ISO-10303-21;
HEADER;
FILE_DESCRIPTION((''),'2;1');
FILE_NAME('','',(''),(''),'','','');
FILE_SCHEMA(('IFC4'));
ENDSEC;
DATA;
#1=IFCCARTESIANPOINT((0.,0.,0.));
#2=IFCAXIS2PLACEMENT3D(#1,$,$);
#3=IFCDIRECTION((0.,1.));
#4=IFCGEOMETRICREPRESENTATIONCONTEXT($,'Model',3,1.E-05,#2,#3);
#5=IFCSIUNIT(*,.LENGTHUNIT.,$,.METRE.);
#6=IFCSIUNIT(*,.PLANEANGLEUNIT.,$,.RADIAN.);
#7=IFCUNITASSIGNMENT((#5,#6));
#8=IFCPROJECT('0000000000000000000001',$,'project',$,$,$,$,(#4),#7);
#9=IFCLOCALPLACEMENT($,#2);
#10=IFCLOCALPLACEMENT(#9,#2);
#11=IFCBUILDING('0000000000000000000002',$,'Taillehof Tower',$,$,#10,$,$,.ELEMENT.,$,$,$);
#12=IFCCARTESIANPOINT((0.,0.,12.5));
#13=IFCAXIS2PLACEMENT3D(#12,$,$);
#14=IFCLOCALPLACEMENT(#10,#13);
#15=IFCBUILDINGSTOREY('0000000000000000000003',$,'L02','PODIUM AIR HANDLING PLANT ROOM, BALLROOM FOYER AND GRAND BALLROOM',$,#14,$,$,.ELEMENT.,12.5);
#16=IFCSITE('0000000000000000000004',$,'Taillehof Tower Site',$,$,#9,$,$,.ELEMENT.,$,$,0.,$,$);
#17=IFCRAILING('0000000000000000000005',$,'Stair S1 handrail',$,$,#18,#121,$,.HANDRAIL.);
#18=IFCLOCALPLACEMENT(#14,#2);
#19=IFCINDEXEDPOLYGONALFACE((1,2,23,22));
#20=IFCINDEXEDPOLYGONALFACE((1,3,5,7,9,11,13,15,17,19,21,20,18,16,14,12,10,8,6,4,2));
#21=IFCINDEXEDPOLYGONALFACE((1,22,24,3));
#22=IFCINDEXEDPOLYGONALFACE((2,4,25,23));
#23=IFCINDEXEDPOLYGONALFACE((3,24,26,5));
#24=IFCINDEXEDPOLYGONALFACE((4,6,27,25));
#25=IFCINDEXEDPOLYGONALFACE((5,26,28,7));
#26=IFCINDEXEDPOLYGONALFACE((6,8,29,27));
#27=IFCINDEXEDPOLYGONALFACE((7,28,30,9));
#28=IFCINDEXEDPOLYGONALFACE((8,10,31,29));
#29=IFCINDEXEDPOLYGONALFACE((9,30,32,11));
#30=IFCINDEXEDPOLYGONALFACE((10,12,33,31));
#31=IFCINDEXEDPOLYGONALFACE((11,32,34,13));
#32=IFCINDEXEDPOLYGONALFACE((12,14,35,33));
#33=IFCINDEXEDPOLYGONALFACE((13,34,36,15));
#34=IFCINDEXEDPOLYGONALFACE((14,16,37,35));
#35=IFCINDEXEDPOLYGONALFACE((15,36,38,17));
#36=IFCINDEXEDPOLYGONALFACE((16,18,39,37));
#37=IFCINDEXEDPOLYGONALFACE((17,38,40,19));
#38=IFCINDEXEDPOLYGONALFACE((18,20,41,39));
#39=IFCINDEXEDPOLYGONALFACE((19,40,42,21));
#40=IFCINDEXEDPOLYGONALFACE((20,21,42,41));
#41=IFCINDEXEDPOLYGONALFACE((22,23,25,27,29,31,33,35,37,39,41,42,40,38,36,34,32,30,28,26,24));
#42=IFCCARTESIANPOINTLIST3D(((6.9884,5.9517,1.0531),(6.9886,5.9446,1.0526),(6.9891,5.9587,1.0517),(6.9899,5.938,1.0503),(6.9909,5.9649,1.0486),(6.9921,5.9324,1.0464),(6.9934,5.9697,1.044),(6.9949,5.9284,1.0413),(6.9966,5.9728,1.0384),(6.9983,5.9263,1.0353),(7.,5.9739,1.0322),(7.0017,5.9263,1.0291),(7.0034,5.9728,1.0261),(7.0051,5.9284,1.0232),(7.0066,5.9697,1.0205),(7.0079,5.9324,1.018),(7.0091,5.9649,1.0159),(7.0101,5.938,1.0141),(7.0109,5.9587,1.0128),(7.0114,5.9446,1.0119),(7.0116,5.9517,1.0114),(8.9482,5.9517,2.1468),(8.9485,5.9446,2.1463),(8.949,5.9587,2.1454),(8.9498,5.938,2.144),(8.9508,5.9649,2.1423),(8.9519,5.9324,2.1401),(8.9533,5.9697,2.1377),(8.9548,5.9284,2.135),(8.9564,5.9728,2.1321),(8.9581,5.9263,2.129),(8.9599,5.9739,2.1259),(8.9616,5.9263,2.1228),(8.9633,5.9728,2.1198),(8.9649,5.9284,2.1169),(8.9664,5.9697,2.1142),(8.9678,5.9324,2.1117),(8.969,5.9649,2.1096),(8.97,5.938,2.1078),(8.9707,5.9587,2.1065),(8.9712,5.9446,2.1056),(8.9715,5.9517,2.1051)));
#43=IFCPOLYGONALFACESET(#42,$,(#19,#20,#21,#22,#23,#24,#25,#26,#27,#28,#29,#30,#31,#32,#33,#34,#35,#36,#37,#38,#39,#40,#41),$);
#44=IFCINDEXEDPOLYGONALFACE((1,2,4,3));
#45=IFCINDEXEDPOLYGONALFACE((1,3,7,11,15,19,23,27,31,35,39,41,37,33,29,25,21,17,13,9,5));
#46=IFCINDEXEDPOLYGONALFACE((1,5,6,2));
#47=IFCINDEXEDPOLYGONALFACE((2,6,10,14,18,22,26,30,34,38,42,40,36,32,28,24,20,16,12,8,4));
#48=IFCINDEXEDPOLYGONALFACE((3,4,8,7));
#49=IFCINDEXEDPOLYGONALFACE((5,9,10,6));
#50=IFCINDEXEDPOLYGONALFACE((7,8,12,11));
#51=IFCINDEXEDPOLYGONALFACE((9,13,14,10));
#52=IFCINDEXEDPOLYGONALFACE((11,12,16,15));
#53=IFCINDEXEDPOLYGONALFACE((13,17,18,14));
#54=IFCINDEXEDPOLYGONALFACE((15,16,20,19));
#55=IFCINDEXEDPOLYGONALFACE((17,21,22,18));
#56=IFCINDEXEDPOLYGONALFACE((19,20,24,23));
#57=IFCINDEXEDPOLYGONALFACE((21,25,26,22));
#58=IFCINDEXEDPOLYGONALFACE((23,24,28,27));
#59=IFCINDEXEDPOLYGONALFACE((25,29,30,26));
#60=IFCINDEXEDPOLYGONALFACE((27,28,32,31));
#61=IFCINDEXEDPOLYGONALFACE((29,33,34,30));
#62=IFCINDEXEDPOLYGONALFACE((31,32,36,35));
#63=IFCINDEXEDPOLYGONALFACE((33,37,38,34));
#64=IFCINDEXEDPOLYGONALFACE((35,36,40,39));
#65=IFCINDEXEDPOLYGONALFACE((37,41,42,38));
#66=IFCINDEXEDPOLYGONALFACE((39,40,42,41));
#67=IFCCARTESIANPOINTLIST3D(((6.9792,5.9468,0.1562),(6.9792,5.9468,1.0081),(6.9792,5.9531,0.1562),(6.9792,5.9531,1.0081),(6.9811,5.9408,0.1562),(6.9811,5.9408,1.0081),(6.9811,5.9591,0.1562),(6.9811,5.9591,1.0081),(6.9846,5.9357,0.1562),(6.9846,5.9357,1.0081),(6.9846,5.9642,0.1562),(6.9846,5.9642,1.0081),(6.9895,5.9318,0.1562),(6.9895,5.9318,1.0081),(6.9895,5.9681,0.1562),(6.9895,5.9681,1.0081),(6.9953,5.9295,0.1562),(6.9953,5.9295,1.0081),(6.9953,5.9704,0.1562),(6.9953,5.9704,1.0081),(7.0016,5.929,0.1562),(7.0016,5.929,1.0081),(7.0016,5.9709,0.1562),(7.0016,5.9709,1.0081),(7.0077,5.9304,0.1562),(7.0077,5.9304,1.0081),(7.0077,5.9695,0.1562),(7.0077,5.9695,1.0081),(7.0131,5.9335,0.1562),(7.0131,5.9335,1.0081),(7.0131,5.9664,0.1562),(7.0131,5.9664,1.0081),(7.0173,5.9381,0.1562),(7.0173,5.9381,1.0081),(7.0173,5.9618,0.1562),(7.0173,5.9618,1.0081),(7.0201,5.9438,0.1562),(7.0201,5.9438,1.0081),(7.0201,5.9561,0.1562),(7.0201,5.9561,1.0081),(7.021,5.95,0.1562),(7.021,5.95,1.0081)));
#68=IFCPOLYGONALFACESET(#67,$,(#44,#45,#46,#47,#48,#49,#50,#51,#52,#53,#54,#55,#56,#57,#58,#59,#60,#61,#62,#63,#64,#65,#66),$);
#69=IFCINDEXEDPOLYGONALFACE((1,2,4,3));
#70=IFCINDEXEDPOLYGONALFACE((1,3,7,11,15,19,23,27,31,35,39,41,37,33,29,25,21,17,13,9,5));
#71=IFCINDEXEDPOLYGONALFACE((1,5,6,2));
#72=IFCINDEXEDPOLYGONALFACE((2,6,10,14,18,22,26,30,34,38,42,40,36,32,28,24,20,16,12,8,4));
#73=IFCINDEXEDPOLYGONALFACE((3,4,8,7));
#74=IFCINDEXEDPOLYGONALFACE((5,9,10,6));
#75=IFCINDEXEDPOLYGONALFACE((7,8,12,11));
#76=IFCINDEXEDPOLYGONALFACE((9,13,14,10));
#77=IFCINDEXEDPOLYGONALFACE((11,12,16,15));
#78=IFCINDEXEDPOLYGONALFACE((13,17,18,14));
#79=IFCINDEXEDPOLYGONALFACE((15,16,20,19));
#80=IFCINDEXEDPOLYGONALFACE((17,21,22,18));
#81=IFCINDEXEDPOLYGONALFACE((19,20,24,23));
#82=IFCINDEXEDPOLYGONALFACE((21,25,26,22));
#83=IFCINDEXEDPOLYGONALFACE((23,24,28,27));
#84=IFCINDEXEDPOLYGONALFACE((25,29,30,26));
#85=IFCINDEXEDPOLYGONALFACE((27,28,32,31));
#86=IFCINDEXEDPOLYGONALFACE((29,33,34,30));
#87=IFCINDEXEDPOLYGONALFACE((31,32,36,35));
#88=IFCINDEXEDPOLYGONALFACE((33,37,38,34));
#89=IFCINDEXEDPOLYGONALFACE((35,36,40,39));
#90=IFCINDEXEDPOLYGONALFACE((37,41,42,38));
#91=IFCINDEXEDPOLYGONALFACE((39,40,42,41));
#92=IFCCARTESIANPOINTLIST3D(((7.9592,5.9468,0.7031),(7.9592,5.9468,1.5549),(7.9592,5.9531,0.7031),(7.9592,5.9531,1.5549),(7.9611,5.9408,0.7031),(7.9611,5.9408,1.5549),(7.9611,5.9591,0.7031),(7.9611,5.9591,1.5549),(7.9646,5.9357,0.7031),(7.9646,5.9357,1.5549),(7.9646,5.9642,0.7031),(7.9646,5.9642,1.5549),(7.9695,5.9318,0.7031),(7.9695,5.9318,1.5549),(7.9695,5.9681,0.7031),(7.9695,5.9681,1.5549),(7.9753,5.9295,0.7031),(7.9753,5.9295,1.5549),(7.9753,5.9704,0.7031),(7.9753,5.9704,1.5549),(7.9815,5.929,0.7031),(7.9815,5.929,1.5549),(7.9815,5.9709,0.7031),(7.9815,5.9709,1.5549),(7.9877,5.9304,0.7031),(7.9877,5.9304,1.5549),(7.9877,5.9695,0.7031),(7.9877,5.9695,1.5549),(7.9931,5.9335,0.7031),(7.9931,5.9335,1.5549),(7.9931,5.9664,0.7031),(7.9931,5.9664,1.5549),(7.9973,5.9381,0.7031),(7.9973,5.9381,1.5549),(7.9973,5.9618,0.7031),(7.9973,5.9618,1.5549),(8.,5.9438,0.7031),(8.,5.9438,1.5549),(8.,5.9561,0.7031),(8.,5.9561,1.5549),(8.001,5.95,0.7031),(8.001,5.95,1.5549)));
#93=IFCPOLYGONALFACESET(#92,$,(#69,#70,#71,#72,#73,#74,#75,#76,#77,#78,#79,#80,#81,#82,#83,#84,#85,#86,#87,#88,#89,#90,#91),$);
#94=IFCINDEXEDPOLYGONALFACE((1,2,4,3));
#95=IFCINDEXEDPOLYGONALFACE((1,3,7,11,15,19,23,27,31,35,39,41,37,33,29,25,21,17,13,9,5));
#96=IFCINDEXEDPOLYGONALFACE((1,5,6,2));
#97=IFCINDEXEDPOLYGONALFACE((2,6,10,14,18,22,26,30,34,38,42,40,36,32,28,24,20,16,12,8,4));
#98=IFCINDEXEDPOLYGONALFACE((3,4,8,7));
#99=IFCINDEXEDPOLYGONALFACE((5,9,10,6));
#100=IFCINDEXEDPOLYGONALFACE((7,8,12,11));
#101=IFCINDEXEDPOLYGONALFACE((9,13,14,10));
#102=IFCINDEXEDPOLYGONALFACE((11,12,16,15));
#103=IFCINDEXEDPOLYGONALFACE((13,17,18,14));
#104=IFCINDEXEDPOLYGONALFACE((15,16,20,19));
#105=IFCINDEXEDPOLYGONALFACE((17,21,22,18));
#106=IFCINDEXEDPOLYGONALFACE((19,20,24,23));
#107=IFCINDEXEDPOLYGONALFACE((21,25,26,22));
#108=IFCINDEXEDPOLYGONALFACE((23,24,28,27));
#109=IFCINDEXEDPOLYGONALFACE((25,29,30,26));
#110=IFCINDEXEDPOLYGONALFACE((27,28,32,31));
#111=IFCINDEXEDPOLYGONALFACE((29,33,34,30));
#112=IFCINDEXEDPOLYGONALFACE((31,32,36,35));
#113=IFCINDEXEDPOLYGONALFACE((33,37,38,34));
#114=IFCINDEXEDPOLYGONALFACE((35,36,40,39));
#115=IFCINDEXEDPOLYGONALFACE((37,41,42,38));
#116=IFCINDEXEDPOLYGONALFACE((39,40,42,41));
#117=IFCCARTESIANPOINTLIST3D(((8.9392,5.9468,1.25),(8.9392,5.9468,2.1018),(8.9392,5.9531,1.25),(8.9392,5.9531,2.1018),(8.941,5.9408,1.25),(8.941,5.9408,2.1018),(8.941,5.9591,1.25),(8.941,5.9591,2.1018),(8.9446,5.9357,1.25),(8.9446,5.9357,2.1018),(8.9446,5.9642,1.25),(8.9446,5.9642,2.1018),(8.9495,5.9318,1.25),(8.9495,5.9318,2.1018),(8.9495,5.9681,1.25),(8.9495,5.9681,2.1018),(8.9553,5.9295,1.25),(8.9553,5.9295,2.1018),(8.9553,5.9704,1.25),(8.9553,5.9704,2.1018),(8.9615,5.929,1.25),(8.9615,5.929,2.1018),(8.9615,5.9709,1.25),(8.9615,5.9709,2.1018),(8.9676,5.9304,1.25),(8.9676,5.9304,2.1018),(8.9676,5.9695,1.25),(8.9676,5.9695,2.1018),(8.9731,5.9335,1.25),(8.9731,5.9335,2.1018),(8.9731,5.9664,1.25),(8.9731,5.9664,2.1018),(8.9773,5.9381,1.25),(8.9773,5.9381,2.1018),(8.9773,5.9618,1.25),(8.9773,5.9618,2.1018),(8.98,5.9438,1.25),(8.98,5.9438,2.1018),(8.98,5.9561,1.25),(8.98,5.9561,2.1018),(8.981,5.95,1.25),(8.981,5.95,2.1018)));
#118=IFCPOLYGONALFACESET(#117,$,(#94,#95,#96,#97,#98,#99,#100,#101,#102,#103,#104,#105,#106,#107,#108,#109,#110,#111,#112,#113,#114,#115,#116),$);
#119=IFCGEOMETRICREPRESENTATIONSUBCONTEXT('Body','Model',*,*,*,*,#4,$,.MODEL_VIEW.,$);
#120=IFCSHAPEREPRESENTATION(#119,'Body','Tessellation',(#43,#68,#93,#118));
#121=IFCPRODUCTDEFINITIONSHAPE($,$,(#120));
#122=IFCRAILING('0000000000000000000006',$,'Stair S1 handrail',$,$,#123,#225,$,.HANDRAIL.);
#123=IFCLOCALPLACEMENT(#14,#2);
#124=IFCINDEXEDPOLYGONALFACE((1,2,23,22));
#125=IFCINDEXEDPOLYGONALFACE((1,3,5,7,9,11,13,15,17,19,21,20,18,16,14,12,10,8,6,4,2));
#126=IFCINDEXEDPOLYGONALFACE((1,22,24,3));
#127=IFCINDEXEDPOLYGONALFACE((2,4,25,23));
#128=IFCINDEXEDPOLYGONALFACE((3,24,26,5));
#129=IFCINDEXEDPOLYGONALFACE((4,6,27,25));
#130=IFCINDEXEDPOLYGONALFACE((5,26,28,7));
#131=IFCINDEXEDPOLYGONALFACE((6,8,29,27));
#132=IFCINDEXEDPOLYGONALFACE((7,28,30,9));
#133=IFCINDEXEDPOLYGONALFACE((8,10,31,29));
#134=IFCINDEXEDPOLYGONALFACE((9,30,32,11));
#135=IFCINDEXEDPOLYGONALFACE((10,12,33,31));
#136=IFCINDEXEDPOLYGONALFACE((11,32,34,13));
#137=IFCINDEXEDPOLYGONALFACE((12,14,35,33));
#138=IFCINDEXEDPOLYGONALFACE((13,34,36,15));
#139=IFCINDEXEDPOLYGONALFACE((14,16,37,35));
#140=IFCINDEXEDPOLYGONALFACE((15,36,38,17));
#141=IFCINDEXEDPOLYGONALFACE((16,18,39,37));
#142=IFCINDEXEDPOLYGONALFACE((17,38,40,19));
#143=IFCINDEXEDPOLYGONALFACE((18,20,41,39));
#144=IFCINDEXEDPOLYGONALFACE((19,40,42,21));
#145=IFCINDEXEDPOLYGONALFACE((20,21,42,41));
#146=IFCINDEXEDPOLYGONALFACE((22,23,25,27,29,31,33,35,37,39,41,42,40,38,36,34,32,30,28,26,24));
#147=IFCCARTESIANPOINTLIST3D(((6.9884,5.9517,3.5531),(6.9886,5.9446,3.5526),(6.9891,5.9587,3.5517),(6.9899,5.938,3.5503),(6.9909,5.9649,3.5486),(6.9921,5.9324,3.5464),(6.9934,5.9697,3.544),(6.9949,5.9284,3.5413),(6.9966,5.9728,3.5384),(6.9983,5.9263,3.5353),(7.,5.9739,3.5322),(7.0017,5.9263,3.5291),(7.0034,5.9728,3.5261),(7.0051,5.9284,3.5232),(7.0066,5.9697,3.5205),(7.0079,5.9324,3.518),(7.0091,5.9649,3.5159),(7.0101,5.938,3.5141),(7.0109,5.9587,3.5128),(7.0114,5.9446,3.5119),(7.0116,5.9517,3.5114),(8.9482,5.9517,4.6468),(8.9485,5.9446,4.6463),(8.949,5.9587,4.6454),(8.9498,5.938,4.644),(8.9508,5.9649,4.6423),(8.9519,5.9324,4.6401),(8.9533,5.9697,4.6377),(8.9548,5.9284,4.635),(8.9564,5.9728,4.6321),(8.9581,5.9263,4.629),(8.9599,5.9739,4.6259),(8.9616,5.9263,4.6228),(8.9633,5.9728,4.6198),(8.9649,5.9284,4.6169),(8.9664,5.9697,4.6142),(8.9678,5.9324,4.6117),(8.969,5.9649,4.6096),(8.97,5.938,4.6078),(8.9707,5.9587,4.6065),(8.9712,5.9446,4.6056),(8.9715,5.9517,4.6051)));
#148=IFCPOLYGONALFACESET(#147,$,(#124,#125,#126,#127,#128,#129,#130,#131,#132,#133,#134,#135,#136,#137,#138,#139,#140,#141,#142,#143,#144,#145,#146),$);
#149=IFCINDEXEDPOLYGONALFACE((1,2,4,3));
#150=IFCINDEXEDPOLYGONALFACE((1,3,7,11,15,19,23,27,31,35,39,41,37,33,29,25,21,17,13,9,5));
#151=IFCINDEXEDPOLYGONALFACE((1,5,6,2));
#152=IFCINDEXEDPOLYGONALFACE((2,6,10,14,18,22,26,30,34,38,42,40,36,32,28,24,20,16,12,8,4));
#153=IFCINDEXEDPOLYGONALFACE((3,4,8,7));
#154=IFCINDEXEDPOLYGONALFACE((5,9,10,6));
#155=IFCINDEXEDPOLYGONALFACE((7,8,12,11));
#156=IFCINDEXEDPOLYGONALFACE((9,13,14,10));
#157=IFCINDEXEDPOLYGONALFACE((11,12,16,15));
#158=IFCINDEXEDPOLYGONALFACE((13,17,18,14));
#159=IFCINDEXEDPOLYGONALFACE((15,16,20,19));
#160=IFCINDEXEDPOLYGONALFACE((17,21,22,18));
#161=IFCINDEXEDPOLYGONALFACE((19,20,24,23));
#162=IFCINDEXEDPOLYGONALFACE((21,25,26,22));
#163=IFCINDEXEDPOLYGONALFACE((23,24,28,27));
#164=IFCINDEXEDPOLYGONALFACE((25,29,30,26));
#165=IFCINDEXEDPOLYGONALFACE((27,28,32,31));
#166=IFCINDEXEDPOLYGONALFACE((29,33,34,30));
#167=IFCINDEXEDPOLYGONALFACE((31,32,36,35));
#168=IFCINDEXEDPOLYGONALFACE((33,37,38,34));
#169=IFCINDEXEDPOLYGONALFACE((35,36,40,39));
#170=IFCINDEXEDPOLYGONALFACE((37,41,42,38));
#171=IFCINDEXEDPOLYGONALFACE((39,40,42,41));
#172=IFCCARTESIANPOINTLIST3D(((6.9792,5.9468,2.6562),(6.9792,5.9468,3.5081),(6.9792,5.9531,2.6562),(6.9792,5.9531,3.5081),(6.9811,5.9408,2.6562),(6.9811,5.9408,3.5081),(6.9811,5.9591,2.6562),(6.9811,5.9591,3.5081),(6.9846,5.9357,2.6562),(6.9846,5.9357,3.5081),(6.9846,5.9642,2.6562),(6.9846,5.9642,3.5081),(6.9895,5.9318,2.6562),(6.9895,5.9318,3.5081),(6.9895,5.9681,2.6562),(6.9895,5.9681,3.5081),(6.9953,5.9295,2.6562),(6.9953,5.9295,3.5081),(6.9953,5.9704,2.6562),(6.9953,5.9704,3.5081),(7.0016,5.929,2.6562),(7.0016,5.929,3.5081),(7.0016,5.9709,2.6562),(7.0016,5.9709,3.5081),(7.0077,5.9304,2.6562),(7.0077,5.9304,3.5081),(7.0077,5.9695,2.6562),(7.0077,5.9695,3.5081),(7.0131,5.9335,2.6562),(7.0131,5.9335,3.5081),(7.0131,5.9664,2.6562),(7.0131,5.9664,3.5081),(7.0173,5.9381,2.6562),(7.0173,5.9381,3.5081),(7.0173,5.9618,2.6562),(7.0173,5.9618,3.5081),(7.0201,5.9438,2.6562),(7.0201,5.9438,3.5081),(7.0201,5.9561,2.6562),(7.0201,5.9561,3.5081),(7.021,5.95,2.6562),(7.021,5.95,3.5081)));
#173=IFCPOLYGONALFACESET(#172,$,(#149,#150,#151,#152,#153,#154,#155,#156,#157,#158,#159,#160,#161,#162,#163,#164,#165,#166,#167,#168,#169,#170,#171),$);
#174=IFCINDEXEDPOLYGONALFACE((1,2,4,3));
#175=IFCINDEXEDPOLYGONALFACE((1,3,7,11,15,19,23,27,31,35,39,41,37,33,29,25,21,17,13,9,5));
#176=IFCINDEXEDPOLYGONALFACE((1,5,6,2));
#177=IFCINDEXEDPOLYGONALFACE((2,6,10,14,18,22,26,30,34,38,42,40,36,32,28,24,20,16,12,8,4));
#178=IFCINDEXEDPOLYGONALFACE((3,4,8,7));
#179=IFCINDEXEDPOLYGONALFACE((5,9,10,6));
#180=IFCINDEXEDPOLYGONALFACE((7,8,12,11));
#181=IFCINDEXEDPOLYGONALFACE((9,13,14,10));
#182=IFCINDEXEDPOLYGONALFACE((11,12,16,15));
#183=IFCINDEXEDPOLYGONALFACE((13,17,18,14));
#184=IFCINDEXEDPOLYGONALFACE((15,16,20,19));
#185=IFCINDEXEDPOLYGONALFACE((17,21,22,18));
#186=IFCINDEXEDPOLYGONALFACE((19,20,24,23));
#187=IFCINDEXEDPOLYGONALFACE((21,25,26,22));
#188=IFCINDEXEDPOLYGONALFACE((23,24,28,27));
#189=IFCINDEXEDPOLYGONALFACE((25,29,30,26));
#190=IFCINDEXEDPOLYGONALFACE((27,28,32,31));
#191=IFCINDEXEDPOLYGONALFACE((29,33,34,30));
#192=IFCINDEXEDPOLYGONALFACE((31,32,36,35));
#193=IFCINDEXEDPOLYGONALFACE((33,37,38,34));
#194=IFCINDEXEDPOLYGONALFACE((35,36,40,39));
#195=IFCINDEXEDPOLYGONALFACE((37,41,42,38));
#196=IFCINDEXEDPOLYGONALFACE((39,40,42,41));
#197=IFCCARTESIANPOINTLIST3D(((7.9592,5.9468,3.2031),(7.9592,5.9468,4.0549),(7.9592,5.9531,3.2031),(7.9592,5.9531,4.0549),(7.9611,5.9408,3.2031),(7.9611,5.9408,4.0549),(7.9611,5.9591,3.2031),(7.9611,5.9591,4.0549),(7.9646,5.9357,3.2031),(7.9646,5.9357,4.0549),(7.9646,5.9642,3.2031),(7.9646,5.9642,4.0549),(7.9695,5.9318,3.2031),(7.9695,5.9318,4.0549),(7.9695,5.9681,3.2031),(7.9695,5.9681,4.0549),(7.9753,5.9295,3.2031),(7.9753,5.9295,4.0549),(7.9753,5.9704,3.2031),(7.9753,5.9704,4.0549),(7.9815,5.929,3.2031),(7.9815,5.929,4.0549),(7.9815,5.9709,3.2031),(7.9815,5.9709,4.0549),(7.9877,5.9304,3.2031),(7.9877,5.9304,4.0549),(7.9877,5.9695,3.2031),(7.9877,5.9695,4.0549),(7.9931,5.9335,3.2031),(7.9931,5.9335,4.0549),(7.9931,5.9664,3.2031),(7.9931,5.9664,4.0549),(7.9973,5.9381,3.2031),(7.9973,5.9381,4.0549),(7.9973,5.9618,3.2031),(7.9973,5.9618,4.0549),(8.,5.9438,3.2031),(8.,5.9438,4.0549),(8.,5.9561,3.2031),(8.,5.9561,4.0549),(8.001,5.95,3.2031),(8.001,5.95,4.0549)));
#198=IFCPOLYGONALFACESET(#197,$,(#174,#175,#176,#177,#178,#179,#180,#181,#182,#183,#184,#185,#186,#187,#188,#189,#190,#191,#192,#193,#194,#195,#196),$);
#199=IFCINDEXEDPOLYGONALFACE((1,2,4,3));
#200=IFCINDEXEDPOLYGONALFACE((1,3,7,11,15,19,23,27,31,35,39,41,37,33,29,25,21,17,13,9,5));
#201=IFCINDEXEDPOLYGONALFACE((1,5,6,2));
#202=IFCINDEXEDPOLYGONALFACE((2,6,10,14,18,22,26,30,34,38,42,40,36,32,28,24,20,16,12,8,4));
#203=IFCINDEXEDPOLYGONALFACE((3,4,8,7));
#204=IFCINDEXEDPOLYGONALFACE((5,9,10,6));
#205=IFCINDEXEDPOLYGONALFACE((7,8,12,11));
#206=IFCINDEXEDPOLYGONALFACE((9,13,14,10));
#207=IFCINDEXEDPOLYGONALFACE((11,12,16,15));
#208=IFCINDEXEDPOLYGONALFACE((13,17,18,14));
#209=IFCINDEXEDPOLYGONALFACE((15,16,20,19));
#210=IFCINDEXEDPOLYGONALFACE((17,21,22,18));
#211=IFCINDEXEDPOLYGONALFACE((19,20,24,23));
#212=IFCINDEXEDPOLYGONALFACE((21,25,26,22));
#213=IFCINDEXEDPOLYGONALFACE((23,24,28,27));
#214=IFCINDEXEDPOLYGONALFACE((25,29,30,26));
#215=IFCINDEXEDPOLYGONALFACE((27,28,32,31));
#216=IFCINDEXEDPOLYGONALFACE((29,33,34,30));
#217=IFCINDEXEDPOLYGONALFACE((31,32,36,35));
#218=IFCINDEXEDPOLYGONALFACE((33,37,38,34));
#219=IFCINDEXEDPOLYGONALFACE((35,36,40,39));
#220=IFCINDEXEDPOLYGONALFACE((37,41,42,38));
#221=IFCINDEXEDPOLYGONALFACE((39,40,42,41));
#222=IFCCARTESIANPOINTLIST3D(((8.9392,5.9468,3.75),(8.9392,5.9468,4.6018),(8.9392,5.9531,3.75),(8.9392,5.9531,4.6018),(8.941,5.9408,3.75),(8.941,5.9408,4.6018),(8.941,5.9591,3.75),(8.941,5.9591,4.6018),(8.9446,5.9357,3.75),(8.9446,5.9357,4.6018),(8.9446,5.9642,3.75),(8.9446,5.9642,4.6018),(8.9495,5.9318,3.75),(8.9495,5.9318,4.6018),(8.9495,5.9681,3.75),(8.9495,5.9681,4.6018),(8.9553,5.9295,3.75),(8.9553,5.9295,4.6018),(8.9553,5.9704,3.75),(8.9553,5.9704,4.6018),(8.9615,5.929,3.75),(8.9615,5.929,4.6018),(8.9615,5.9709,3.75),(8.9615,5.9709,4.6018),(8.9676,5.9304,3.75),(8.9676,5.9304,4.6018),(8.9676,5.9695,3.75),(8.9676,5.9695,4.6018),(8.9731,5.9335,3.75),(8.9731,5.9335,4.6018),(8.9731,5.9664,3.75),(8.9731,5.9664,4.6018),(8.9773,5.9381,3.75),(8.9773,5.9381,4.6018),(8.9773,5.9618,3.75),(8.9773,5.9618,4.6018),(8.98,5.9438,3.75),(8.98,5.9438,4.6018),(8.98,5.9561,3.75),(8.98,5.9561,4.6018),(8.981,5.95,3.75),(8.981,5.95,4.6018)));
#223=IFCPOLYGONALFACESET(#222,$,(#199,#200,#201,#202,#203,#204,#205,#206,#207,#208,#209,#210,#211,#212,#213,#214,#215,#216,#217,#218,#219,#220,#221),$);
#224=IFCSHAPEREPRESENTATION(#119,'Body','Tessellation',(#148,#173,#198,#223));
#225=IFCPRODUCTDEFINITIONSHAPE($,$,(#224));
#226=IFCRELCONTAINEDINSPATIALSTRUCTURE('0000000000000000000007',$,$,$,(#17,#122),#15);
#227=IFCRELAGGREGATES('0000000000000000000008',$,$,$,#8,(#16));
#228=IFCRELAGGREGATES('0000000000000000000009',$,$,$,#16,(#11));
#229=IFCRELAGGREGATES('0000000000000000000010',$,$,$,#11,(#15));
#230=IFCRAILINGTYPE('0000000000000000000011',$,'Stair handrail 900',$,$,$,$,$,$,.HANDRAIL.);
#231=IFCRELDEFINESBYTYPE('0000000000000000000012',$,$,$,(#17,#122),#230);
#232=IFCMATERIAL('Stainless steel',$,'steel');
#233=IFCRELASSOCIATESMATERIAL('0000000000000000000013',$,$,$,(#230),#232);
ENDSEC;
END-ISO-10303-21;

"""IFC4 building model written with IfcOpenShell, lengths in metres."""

from ifc_helpers import new_model, si_unit, direction, frame, origin, origin_2d, place, context, subcontext, project, spatial, circle, extrude, material, type_object, element, save


model = new_model("IFC4")

# Units and contexts
model_context = context("Model", 3, precision=1e-05, world=origin(), true_north=direction((0.0, 1.0)))
body_context = subcontext(model_context, "Body", "Model", "MODEL_VIEW")
ifc_project = project(units=[si_unit("LENGTHUNIT", "METRE"), si_unit("PLANEANGLEUNIT", "RADIAN")], contexts=[model_context])

# Site, building, storey
site_placement = place(None, origin())
site = spatial("IfcSite", under=ifc_project, at=site_placement, Name="Taillehof Tower Site", CompositionType="ELEMENT", RefElevation=0.0)
building_placement = place(site_placement, origin())
building = spatial("IfcBuilding", under=site, at=building_placement, Name="Taillehof Tower", CompositionType="ELEMENT")
storey_placement = place(building_placement, frame((0.0, 0.0, 12.5)))
storey = spatial("IfcBuildingStorey", under=building, at=storey_placement, Name="L02", Description="PODIUM AIR HANDLING PLANT ROOM, BALLROOM FOYER AND GRAND BALLROOM", CompositionType="ELEMENT", Elevation=12.5)

# Railings
ifc_material_1 = material(Name="Stainless steel", Category="steel")
railing_type = type_object("IfcRailingType", Name="Stair handrail 900", PredefinedType="HANDRAIL", material=ifc_material_1)
for number, where, name in (
    (1, (7.0, 5.95, 0.1562), "Stair S1 handrail"),
    (2, (7.0, 5.95, 2.6562), "Stair S1 handrail"),
):
    element("IfcRailing", number, at=place(storey_placement, frame(where)), inside=storey, type_object=railing_type, Name=name, PredefinedType="HANDRAIL", context=body_context, shape_type="SweptSolid", body=[
        extrude(circle(Radius=0.0239, at=origin_2d()), frame((0.0, 0.0, 0.876), z_axis=(0.873232, 0.0, 0.487304), x_axis=(0.0, 1.0, 0.0)), (0.0, 0.0, 1.0), 2.2444),
        extrude(circle(Radius=0.021, at=origin_2d()), origin(), (0.0, 0.0, 1.0), 0.8518),
        extrude(circle(Radius=0.021, at=origin_2d()), frame((0.98, 0.0, 0.5469)), (0.0, 0.0, 1.0), 0.8518),
        extrude(circle(Radius=0.021, at=origin_2d()), frame((1.96, 0.0, 1.0938)), (0.0, 0.0, 1.0), 0.8518),
    ])

save(model, "model.ifc")
